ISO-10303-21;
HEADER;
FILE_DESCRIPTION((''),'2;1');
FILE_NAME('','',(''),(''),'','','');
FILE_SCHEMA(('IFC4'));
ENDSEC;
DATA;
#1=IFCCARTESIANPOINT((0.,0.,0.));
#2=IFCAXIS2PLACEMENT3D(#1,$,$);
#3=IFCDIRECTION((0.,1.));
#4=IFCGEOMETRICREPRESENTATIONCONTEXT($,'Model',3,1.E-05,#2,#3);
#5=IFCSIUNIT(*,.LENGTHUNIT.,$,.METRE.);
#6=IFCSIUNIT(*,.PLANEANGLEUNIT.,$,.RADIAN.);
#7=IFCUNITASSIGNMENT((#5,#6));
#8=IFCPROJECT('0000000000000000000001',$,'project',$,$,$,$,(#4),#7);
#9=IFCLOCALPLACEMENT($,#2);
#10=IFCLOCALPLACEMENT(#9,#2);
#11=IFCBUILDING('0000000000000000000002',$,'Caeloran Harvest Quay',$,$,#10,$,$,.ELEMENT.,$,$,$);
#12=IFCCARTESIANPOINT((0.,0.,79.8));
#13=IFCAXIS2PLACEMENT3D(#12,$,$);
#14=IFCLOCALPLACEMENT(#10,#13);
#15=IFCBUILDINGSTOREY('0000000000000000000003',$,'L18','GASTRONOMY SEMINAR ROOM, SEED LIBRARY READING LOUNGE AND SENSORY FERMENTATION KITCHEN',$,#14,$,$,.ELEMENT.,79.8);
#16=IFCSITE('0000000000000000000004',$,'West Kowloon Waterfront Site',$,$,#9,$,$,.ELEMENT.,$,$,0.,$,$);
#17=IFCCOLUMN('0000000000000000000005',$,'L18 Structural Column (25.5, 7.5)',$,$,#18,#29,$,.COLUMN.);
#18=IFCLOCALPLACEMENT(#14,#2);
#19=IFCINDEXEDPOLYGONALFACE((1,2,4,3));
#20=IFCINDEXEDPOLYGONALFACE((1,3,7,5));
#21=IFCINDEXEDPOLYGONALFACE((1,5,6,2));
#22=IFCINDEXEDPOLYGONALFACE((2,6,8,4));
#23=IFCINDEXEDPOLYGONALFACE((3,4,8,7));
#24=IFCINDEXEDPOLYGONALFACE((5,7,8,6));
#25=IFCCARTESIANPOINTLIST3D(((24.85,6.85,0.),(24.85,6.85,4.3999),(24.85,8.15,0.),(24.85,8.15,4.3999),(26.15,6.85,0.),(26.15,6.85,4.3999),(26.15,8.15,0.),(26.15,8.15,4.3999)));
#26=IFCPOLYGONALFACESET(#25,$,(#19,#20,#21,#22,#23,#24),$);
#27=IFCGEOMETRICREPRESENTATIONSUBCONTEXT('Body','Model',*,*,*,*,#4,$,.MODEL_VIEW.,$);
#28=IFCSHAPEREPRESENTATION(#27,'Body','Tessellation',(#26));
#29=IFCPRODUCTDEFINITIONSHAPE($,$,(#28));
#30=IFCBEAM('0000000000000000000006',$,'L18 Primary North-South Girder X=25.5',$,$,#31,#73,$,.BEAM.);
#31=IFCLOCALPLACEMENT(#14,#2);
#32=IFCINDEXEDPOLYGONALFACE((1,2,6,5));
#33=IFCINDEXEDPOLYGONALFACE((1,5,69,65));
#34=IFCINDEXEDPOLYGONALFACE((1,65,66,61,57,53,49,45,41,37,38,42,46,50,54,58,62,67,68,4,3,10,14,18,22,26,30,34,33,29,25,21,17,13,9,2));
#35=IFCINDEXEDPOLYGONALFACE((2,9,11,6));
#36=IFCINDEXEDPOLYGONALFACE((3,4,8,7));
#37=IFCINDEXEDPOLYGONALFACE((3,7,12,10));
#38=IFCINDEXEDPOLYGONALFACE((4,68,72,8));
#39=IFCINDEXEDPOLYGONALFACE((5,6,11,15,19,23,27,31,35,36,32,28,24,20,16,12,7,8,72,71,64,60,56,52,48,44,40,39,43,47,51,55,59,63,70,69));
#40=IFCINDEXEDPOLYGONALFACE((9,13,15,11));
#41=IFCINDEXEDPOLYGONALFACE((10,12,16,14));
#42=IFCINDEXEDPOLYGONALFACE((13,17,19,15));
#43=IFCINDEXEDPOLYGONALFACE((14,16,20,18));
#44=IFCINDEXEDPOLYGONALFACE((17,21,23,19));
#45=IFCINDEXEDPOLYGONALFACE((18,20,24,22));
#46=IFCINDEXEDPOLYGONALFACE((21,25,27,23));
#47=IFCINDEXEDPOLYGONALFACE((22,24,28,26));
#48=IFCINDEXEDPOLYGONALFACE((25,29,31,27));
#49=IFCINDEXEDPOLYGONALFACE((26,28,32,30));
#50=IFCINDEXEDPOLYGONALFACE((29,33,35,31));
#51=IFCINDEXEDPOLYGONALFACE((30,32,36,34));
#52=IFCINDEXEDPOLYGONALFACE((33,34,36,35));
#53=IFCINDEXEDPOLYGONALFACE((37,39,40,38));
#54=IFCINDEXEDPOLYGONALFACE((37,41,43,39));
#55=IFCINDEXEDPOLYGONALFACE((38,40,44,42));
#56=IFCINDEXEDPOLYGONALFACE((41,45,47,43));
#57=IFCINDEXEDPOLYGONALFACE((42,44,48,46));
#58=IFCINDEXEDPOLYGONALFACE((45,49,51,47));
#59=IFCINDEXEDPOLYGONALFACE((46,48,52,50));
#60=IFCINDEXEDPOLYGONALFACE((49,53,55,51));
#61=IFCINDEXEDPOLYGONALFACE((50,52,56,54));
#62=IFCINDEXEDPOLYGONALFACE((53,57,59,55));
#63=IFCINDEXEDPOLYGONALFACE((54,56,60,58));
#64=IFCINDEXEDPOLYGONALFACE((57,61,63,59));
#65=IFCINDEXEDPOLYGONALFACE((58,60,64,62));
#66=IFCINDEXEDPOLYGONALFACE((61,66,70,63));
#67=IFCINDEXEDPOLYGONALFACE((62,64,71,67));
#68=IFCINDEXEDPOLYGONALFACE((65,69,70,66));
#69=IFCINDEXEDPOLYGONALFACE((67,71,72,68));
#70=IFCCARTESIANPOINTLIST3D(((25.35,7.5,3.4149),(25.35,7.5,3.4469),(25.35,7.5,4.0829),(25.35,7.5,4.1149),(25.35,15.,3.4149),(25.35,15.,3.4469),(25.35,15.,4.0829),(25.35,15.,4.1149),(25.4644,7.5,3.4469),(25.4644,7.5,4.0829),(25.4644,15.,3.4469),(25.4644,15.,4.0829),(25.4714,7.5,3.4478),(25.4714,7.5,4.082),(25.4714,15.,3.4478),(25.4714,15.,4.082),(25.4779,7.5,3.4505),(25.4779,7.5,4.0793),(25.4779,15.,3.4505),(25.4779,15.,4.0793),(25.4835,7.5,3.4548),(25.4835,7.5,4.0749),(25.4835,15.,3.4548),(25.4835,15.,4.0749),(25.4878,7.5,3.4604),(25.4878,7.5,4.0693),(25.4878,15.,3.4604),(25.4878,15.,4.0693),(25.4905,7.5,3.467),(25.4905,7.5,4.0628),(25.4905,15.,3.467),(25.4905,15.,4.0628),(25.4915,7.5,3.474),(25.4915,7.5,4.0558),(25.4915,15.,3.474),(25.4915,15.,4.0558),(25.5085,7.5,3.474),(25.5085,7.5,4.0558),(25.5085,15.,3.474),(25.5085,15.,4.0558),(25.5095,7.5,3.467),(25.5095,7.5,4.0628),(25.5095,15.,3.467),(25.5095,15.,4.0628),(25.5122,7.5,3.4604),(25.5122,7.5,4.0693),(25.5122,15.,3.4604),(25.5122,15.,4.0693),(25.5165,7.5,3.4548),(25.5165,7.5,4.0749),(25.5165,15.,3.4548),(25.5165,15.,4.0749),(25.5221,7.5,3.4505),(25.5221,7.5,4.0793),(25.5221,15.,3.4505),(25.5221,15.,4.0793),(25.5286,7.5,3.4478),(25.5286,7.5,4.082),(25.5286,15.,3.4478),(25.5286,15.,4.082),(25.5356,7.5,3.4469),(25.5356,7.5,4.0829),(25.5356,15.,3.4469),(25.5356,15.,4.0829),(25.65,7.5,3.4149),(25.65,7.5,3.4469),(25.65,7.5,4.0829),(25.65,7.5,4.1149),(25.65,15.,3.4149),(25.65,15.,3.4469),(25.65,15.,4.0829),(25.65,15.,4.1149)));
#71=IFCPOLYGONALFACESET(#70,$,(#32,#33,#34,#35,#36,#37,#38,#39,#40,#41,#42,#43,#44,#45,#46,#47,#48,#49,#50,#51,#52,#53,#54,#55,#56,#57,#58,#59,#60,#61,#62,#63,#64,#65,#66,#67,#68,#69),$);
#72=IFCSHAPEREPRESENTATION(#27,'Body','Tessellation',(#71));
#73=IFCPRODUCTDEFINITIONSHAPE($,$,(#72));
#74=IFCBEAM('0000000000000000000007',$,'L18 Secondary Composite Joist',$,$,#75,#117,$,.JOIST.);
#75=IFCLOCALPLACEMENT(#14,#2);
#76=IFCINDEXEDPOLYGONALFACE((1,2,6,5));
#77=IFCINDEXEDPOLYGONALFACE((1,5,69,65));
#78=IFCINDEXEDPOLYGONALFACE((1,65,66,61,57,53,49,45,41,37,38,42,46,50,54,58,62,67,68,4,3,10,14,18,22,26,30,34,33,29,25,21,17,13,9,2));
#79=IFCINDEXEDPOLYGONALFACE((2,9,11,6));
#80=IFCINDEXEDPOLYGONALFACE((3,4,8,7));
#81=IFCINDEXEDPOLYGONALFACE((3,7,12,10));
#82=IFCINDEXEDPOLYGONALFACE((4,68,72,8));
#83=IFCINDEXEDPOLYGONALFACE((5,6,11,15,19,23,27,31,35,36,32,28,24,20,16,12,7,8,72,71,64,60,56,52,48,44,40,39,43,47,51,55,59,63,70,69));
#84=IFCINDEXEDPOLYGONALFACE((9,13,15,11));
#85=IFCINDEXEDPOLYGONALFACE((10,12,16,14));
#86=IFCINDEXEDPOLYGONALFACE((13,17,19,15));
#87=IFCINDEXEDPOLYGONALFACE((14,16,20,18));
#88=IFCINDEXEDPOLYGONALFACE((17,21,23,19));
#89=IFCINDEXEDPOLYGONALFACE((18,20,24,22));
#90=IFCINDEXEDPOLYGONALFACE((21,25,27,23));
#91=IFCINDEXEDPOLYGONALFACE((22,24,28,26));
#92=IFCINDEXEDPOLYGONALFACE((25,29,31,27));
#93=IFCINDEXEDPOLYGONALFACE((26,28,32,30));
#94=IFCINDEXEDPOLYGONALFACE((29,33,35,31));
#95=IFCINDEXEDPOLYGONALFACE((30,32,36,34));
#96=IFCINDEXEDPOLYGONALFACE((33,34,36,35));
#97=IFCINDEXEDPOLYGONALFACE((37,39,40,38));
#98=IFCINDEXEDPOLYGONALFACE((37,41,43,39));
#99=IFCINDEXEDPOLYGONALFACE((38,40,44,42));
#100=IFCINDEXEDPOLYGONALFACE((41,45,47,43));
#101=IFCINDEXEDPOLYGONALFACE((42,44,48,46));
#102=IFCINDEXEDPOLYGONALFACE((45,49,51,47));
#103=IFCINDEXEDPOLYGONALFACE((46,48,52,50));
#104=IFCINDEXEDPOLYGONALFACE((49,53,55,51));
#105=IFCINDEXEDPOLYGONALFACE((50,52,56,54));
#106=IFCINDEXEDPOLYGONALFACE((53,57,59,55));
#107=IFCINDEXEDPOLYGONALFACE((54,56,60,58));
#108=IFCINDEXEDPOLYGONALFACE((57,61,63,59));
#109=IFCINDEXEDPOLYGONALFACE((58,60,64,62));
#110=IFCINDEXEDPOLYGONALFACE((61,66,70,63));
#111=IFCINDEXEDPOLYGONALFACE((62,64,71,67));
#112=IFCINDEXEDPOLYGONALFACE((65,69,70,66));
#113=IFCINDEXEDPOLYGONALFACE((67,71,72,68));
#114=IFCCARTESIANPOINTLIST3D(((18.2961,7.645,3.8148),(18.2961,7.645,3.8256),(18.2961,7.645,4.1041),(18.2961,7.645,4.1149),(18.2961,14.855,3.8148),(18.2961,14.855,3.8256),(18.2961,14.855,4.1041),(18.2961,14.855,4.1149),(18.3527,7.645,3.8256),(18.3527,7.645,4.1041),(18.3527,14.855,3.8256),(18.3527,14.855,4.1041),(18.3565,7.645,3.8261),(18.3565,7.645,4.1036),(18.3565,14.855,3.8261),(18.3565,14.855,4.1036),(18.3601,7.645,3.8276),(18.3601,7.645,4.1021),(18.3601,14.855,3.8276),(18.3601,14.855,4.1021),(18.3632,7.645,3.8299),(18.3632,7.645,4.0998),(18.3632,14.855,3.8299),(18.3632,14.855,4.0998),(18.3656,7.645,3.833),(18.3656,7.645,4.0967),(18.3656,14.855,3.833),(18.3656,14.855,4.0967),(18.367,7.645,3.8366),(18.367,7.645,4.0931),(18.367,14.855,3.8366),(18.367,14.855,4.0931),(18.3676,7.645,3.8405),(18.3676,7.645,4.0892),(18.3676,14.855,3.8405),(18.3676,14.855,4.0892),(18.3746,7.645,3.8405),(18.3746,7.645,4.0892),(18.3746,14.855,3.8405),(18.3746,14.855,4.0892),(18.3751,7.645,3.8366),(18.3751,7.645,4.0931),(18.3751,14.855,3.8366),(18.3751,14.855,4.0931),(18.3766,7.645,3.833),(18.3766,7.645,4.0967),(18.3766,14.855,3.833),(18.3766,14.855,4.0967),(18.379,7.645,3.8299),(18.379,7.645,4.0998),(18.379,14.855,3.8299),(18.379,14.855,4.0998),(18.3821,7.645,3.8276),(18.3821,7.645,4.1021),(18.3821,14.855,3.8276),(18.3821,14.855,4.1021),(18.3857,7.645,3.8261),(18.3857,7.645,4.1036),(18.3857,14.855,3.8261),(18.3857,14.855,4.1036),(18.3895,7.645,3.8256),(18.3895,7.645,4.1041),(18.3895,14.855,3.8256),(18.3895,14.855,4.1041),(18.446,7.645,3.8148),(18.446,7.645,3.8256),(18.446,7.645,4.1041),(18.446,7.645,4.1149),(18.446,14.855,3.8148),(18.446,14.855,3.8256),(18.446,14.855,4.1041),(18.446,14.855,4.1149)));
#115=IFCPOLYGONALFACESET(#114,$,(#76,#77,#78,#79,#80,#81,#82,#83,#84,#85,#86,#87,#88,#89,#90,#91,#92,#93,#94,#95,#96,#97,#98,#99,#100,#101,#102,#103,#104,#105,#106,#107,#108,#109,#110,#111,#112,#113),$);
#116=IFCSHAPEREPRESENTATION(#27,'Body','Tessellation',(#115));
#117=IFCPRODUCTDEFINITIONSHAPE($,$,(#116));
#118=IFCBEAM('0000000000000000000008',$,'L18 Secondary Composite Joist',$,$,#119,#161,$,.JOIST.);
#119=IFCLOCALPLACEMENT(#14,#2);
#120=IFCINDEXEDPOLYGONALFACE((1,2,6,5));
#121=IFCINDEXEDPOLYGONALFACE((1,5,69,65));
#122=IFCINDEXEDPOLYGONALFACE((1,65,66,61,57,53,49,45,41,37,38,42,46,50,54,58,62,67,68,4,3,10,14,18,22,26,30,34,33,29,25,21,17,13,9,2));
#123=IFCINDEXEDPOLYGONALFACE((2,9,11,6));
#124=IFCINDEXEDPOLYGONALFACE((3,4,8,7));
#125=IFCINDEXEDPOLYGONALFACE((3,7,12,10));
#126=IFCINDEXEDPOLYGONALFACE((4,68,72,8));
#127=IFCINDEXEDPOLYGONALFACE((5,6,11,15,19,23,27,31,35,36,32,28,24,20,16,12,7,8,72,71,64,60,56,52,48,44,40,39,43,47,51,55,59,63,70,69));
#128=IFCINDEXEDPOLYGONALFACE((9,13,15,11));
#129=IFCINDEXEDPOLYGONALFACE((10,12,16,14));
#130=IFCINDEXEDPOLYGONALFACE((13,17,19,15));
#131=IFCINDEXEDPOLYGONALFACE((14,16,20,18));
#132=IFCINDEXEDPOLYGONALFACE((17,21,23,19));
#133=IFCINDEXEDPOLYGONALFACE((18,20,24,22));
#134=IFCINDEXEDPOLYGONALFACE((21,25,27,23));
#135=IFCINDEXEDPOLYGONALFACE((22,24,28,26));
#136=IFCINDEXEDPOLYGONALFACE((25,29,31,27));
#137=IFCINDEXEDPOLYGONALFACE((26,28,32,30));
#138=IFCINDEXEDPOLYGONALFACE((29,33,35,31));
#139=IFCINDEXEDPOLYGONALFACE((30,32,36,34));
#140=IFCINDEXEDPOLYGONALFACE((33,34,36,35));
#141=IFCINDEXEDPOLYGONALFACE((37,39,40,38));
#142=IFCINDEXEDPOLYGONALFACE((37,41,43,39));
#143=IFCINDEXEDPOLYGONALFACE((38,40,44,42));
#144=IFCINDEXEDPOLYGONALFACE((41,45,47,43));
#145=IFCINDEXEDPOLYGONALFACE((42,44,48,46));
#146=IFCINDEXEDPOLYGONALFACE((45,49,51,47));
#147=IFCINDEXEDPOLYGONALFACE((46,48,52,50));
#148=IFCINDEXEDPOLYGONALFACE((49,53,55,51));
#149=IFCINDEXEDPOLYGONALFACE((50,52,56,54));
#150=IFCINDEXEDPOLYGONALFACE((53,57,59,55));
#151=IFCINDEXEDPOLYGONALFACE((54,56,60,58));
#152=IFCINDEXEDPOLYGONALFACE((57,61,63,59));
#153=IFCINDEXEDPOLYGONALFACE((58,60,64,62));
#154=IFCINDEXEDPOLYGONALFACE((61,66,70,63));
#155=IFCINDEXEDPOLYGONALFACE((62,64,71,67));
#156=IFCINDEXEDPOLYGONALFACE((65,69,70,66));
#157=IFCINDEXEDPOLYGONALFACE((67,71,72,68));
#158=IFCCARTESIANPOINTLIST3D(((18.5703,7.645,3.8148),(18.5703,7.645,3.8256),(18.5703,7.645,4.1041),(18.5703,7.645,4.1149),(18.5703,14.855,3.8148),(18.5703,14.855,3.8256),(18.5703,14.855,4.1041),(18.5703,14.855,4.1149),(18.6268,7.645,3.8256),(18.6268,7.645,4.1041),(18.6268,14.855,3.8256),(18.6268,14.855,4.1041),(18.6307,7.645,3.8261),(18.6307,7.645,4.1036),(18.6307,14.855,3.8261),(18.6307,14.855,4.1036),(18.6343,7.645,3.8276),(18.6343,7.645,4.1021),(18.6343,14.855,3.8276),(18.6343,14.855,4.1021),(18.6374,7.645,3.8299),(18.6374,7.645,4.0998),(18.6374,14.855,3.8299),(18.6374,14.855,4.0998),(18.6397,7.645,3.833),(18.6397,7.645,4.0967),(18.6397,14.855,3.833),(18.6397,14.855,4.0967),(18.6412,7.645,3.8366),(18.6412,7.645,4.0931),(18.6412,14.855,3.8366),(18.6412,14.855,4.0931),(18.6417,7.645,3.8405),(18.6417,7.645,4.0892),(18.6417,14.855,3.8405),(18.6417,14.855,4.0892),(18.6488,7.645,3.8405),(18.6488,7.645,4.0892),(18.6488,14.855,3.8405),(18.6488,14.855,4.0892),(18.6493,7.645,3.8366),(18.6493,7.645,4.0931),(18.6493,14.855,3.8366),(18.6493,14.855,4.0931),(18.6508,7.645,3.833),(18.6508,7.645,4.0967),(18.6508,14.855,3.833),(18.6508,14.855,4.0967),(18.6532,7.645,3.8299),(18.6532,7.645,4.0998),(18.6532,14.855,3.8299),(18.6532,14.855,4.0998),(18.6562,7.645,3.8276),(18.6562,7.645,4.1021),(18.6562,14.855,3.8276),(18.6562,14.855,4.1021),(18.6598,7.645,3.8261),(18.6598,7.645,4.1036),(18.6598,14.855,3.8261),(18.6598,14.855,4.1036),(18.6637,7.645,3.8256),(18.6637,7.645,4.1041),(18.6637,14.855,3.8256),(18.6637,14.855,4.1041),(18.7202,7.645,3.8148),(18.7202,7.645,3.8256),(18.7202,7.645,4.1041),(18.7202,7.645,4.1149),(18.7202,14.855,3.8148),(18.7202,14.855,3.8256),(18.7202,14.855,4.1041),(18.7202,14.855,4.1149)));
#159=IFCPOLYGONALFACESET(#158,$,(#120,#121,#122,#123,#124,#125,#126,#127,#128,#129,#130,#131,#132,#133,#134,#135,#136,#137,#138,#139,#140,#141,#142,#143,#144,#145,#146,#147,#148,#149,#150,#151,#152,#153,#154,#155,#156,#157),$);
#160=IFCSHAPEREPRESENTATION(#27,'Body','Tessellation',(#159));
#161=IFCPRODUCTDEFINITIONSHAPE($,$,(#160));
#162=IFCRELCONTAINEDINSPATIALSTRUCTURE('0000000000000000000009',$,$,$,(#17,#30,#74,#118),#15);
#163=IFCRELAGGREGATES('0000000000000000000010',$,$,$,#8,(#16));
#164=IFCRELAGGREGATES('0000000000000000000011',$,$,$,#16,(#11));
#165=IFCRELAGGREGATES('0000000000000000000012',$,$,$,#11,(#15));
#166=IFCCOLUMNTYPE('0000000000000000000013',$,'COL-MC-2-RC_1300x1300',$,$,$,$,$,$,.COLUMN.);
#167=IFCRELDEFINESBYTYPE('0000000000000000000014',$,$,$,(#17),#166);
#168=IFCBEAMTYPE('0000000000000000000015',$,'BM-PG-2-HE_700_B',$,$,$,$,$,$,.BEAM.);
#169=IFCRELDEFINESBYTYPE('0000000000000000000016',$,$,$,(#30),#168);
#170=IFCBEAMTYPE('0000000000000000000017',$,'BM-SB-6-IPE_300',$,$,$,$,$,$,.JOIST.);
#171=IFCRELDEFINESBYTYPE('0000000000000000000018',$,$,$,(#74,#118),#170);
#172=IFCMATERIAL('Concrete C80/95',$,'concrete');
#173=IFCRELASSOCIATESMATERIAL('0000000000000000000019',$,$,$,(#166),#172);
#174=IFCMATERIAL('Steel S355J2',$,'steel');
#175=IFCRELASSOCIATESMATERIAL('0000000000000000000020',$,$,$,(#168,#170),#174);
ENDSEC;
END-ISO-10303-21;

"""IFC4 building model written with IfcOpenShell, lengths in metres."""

from ifc_helpers import new_model, si_unit, direction, frame, origin, origin_2d, place, context, subcontext, project, spatial, rectangle, i_section, extrude, material, material_profile, profile_set, type_object, element, save


model = new_model("IFC4")

# Units and contexts
model_context = context("Model", 3, precision=1e-05, world=origin(), true_north=direction((0.0, 1.0)))
body_context = subcontext(model_context, "Body", "Model", "MODEL_VIEW")
ifc_project = project(units=[si_unit("LENGTHUNIT", "METRE"), si_unit("PLANEANGLEUNIT", "RADIAN")], contexts=[model_context])

# Site, building, storey
site_placement = place(None, origin())
site = spatial("IfcSite", under=ifc_project, at=site_placement, Name="West Kowloon Waterfront Site", CompositionType="ELEMENT", RefElevation=0.0)
building_placement = place(site_placement, origin())
building = spatial("IfcBuilding", under=site, at=building_placement, Name="Caeloran Harvest Quay", CompositionType="ELEMENT")
storey_placement = place(building_placement, frame((0.0, 0.0, 79.8)))
storey = spatial("IfcBuildingStorey", under=building, at=storey_placement, Name="L18", Description="GASTRONOMY SEMINAR ROOM, SEED LIBRARY READING LOUNGE AND SENSORY FERMENTATION KITCHEN", CompositionType="ELEMENT", Elevation=79.8)

# Column
ifc_material_1 = material(Name="Concrete C80/95", Category="concrete")
ifc_material_profile_1 = material_profile(ifc_material_1, rectangle(XDim=1.3, YDim=1.3, at=origin_2d()), Name="RC 1300x1300")
ifc_profile_set_1 = profile_set([ifc_material_profile_1], Name="Concrete C80/95")
column_type = type_object("IfcColumnType", Name="COL-MC-2-RC_1300x1300", PredefinedType="COLUMN", material=ifc_profile_set_1)
column_placement = place(storey_placement, frame((25.5, 7.5, 0.0), z_axis=(0.0, 0.0, 1.0), x_axis=(1.0, 0.0, 0.0)))
element("IfcColumn", 1, at=column_placement, inside=storey, type_object=column_type, Name="L18 Structural Column (25.5, 7.5)", PredefinedType="COLUMN", context=body_context, shape_type="SweptSolid", body=[
    extrude(rectangle(XDim=1.3, YDim=1.3, at=origin_2d()), origin(), (0.0, 0.0, 1.0), 4.3999),
])

# Beams
ifc_material_2 = material(Name="Steel S355J2", Category="steel")
ifc_material_profile_2 = material_profile(ifc_material_2, i_section(OverallWidth=0.3, OverallDepth=0.7, WebThickness=0.0171, FlangeThickness=0.032, FilletRadius=0.0271, at=origin_2d()), Name="HE 700 B")
ifc_profile_set_2 = profile_set([ifc_material_profile_2], Name="Steel S355J2")
beam_type_1 = type_object("IfcBeamType", Name="BM-PG-2-HE_700_B", PredefinedType="BEAM", material=ifc_profile_set_2)
beam_placement = place(storey_placement, frame((25.5, 7.5, 3.7649), z_axis=(0.0, 1.0, 0.0), x_axis=(-1.0, 0.0, 0.0)))
element("IfcBeam", 2, at=beam_placement, inside=storey, type_object=beam_type_1, Name="L18 Primary North-South Girder X=25.5", PredefinedType="BEAM", context=body_context, shape_type="SweptSolid", body=[
    extrude(i_section(OverallWidth=0.3, OverallDepth=0.7, WebThickness=0.0171, FlangeThickness=0.032, FilletRadius=0.0271, at=origin_2d()), origin(), (0.0, 0.0, 1.0), 7.5),
])
ifc_material_profile_3 = material_profile(ifc_material_2, i_section(OverallWidth=0.1499, OverallDepth=0.3, WebThickness=0.0071, FlangeThickness=0.0107, FilletRadius=0.0149, at=origin_2d()), Name="IPE 300")
ifc_profile_set_3 = profile_set([ifc_material_profile_3], Name="Steel S355J2")
beam_type_2 = type_object("IfcBeamType", Name="BM-SB-6-IPE_300", PredefinedType="JOIST", material=ifc_profile_set_3)
for number, where, z_axis, x_axis, name in (
    (3, (18.3711, 7.645, 3.9648), (0.0, 1.0, 0.0), (-1.0, 0.0, 0.0), "L18 Secondary Composite Joist"),
    (4, (18.6453, 7.645, 3.9648), (0.0, 1.0, 0.0), (-1.0, 0.0, 0.0), "L18 Secondary Composite Joist"),
):
    element("IfcBeam", number, at=place(storey_placement, frame(where, z_axis=z_axis, x_axis=x_axis)), inside=storey, type_object=beam_type_2, Name=name, PredefinedType="JOIST", context=body_context, shape_type="SweptSolid", body=[
        extrude(i_section(OverallWidth=0.1499, OverallDepth=0.3, WebThickness=0.0071, FlangeThickness=0.0107, FilletRadius=0.0149, at=origin_2d()), origin(), (0.0, 0.0, 1.0), 7.21),
    ])

save(model, "model.ifc")
